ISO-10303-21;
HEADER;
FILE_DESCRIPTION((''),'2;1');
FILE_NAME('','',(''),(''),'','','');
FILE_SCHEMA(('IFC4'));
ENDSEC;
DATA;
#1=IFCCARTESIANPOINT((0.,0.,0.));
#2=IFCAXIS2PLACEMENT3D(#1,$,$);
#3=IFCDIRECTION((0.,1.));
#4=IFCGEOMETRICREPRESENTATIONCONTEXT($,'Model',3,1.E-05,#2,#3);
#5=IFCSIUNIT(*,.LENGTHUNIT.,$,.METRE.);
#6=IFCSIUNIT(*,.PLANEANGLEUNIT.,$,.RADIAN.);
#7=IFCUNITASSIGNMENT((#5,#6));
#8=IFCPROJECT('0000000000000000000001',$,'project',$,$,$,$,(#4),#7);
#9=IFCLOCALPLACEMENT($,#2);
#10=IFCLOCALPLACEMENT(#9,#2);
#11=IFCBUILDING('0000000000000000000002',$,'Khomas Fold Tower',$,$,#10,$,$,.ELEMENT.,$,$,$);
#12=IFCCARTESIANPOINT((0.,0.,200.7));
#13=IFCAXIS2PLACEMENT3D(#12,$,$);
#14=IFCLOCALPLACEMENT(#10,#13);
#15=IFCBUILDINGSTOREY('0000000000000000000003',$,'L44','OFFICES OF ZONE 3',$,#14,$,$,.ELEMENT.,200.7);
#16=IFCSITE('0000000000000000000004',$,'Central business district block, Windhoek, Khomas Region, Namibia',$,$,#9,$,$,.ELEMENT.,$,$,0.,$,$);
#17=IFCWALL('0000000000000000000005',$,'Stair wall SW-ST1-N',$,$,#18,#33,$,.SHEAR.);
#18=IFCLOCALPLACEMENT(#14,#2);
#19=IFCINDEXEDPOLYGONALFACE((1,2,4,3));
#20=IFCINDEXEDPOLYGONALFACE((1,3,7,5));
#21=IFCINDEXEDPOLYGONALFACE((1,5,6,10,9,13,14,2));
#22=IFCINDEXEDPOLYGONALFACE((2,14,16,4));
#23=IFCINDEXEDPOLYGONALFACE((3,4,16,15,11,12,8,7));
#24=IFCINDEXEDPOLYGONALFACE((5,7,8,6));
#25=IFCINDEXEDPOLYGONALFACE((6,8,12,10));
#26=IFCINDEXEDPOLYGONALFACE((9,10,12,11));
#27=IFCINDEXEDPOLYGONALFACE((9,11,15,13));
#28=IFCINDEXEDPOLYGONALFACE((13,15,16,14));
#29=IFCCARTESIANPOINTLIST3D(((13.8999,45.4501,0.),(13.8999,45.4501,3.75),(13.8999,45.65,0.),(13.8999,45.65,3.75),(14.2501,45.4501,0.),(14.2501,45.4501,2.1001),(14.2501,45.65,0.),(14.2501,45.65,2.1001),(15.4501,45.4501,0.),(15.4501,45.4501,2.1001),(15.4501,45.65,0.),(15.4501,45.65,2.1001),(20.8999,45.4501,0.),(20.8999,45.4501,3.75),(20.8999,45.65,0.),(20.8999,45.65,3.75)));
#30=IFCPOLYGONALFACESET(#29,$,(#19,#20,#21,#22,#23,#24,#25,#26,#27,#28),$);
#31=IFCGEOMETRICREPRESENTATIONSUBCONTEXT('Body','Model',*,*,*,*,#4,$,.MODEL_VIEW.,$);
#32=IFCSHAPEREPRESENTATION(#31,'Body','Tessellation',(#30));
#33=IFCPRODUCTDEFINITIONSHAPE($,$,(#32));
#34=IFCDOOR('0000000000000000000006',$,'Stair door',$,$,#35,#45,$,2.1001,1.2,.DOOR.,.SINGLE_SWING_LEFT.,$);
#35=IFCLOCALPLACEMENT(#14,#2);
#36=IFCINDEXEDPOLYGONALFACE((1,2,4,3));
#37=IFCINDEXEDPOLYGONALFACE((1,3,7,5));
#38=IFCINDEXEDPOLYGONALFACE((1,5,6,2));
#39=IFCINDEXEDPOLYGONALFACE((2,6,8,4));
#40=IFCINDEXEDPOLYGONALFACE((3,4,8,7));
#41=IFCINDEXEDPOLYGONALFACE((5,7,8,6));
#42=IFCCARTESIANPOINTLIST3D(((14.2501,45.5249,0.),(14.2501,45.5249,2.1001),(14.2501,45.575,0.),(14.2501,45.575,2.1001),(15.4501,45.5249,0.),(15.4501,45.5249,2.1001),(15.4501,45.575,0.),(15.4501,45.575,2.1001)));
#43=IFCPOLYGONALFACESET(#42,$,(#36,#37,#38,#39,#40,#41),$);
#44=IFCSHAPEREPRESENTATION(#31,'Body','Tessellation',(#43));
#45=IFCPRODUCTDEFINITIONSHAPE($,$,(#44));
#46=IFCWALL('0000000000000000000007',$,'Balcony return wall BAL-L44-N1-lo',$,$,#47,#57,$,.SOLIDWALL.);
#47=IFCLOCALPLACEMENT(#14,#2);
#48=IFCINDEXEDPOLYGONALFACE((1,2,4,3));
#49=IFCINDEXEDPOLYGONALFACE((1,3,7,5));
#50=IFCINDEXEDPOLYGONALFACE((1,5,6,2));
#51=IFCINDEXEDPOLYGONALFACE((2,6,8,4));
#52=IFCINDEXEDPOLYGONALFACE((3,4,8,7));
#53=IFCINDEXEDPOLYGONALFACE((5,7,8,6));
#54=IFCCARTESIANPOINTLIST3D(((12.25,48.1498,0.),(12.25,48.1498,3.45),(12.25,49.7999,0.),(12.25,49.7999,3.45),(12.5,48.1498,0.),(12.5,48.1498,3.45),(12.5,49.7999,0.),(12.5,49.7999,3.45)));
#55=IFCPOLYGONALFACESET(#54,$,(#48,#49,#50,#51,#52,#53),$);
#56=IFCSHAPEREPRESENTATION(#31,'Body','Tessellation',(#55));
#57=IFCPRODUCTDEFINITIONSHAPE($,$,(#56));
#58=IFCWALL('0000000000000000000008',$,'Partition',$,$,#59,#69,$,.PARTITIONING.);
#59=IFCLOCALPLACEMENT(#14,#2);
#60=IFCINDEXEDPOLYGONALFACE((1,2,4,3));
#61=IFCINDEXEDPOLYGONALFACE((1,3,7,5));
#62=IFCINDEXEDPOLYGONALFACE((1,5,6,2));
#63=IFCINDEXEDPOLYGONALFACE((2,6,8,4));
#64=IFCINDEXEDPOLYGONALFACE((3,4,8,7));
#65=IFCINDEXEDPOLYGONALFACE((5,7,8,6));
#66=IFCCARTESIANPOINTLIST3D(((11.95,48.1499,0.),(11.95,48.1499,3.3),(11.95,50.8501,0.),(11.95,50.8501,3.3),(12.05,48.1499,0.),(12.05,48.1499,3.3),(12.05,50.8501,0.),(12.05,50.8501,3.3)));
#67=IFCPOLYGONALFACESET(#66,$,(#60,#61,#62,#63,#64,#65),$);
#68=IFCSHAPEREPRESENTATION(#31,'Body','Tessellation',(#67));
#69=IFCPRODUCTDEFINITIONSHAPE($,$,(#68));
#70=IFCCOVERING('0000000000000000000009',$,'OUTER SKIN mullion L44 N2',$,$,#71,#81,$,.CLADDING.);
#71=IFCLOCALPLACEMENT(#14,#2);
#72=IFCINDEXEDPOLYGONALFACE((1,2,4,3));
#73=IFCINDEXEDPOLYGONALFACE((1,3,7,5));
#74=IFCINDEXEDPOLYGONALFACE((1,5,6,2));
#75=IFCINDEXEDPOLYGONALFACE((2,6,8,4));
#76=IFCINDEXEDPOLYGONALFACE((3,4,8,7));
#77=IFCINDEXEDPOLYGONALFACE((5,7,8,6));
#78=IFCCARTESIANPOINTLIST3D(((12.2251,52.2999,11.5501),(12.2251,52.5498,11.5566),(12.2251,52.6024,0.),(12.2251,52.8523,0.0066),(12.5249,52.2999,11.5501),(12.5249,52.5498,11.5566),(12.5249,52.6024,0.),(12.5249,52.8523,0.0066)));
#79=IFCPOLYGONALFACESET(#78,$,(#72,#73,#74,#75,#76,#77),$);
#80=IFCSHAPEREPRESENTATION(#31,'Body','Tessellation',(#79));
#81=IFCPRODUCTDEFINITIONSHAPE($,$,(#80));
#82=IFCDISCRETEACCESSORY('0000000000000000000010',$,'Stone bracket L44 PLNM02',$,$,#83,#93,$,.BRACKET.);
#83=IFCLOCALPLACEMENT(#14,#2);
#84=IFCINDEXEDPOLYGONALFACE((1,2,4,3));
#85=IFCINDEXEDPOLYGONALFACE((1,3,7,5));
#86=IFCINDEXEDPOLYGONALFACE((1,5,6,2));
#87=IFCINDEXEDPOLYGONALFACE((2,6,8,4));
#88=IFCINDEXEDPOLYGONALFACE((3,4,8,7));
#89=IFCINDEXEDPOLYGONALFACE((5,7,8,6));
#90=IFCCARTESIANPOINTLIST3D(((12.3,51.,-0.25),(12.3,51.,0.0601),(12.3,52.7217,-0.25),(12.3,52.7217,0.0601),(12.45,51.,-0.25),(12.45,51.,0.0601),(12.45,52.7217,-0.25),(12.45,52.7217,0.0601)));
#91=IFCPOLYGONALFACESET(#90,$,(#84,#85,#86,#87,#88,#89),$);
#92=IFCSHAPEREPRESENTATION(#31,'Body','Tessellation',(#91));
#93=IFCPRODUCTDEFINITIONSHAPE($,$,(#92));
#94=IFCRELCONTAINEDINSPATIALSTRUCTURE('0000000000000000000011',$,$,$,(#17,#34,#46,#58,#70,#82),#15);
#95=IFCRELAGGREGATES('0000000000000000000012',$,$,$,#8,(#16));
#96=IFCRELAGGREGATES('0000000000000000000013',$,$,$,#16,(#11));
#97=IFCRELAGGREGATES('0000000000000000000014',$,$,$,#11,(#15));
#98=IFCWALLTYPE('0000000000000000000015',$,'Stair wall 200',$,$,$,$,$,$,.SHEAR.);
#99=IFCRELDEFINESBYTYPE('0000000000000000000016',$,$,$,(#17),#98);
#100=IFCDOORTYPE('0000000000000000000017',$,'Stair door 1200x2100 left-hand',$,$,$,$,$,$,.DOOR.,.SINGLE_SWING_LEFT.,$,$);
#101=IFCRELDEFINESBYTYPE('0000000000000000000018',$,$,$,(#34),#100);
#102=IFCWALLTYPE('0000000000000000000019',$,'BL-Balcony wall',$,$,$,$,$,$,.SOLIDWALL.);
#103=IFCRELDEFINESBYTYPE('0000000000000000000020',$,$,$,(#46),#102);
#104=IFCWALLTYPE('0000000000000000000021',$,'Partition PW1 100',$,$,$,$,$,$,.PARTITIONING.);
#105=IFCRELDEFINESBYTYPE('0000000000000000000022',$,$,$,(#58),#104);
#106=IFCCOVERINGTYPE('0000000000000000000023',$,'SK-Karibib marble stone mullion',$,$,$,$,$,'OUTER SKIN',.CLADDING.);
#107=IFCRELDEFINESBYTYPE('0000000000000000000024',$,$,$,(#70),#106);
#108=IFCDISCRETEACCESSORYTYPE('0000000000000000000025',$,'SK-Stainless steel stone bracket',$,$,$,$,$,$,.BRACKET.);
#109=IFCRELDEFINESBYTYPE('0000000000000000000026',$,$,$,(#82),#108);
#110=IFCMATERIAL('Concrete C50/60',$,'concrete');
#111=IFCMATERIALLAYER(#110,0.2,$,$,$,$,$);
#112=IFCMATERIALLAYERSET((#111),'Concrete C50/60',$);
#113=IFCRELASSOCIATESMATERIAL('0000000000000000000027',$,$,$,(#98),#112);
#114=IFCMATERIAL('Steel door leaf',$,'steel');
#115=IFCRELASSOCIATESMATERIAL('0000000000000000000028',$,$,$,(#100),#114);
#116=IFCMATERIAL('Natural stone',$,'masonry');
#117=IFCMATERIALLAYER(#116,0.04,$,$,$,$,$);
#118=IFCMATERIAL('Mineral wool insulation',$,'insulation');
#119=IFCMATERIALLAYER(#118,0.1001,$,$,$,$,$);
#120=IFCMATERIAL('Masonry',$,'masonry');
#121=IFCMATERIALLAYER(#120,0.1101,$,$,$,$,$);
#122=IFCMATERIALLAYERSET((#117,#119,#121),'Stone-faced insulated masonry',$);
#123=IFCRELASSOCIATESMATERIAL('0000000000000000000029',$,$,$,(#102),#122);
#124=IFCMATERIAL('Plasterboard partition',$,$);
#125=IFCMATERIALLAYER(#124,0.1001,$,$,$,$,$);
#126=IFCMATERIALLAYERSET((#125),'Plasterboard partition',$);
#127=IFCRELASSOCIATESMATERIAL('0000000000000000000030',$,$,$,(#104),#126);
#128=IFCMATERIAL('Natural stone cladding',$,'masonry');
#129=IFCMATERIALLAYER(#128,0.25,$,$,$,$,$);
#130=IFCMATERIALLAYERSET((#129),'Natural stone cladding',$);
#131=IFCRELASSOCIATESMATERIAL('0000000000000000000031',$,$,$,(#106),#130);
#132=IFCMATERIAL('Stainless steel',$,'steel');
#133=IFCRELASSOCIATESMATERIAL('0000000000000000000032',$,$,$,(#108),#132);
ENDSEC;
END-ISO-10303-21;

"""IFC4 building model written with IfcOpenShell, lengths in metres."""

from ifc_helpers import new_model, si_unit, direction, frame, frame_2d, origin, origin_2d, place, context, subcontext, project, spatial, polyline, rectangle, outline, extrude, source, transform, mapped, material, layer, layer_set, type_object, element, fill, save


model = new_model("IFC4")

# Units and contexts
model_context = context("Model", 3, precision=1e-05, world=origin(), true_north=direction((0.0, 1.0)))
body_context = subcontext(model_context, "Body", "Model", "MODEL_VIEW")
ifc_project = project(units=[si_unit("LENGTHUNIT", "METRE"), si_unit("PLANEANGLEUNIT", "RADIAN")], contexts=[model_context])

# Site, building, storey
site_placement = place(None, origin())
site = spatial("IfcSite", under=ifc_project, at=site_placement, Name="Central business district block, Windhoek, Khomas Region, Namibia", CompositionType="ELEMENT", RefElevation=0.0)
building_placement = place(site_placement, origin())
building = spatial("IfcBuilding", under=site, at=building_placement, Name="Khomas Fold Tower", CompositionType="ELEMENT")
storey_placement = place(building_placement, frame((0.0, 0.0, 200.7)))
storey = spatial("IfcBuildingStorey", under=building, at=storey_placement, Name="L44", Description="OFFICES OF ZONE 3", CompositionType="ELEMENT", Elevation=200.7)

# Wall, opening, door
ifc_material_1 = material(Name="Concrete C50/60", Category="concrete")
ifc_layer_1 = layer(ifc_material_1, 0.2)
ifc_layer_set_1 = layer_set([ifc_layer_1], Name="Concrete C50/60")
wall_type_1 = type_object("IfcWallType", Name="Stair wall 200", PredefinedType="SHEAR", material=ifc_layer_set_1)
shared_shape_1 = source(origin(), body_context, "Body", "SweptSolid", [
    extrude(rectangle(XDim=7.0, YDim=0.2, at=frame_2d((3.5, 0.0))), origin(), (0.0, 0.0, 1.0), 3.75),
])
wall_1_placement = place(storey_placement, frame((13.8999, 45.55, 0.0), z_axis=(0.0, 0.0, 1.0), x_axis=(1.0, 0.0, 0.0)))
wall_1 = element("IfcWall", 1, at=wall_1_placement, inside=storey, type_object=wall_type_1, Name="Stair wall SW-ST1-N", PredefinedType="SHEAR", context=body_context, shape_type="MappedRepresentation", body=[
    mapped(shared_shape_1, transform((0.0, 0.0, 0.0))),
])
shared_shape_2 = source(origin(), body_context, "Body", "SweptSolid", [
    extrude(rectangle(XDim=1.2, YDim=2.1001, at=frame_2d((0.6001, 1.05))), frame((0.0, 0.1099, 0.0), z_axis=(0.0, -1.0, 0.0), x_axis=(1.0, 0.0, 0.0)), (0.0, 0.0, 1.0), 0.22),
])
opening_1_placement = place(wall_1_placement, frame((0.3501, 0.0, 0.0)))
opening_1 = element("IfcOpeningElement", 2, at=opening_1_placement, cuts=wall_1, PredefinedType="OPENING", context=body_context, shape_type="MappedRepresentation", body=[
    mapped(shared_shape_2, transform((0.0, 0.0, 0.0))),
])
ifc_material_2 = material(Name="Steel door leaf", Category="steel")
door_type_1 = type_object("IfcDoorType", Name="Stair door 1200x2100 left-hand", OperationType="SINGLE_SWING_LEFT", PredefinedType="DOOR", material=ifc_material_2)
shared_shape_3 = source(origin(), body_context, "Body", "SweptSolid", [
    extrude(rectangle(XDim=1.2, YDim=2.1001, at=frame_2d((0.6001, 1.05))), frame((0.0, 0.0249, 0.0), z_axis=(0.0, -1.0, 0.0), x_axis=(1.0, 0.0, 0.0)), (0.0, 0.0, 1.0), 0.05),
])
door_1_placement = place(opening_1_placement, origin())
door_1 = element("IfcDoor", 3, at=door_1_placement, inside=storey, type_object=door_type_1, Name="Stair door", OperationType="SINGLE_SWING_LEFT", OverallHeight=2.1001, OverallWidth=1.2, PredefinedType="DOOR", context=body_context, shape_type="MappedRepresentation", body=[
    mapped(shared_shape_3, transform((0.0, 0.0, 0.0))),
])
fill(opening_1, door_1)

# Shared definitions
ifc_material_3 = material(Name="Natural stone", Category="masonry")
ifc_layer_2 = layer(ifc_material_3, 0.04)
ifc_material_4 = material(Name="Mineral wool insulation", Category="insulation")
ifc_layer_3 = layer(ifc_material_4, 0.1001)
ifc_material_5 = material(Name="Masonry", Category="masonry")
ifc_layer_4 = layer(ifc_material_5, 0.1101)
ifc_layer_set_2 = layer_set([ifc_layer_2, ifc_layer_3, ifc_layer_4], Name="Stone-faced insulated masonry")
wall_type_2 = type_object("IfcWallType", Name="BL-Balcony wall", PredefinedType="SOLIDWALL", material=ifc_layer_set_2)

# Walls
shared_shape_4 = source(origin(), body_context, "Body", "SweptSolid", [
    extrude(rectangle(XDim=1.6501, YDim=0.25, at=frame_2d((0.8252, 0.0))), origin(), (0.0, 0.0, 1.0), 3.45),
])
wall_2_placement = place(storey_placement, frame((12.375, 49.8, 0.0), z_axis=(0.0, 0.0, 1.0), x_axis=(0.0, -1.0, 0.0)))
element("IfcWall", 4, at=wall_2_placement, inside=storey, type_object=wall_type_2, Name="Balcony return wall BAL-L44-N1-lo", PredefinedType="SOLIDWALL", context=body_context, shape_type="MappedRepresentation", body=[
    mapped(shared_shape_4, transform((0.0, 0.0, 0.0))),
])
ifc_material_6 = material(Name="Plasterboard partition")
ifc_layer_5 = layer(ifc_material_6, 0.1001)
ifc_layer_set_3 = layer_set([ifc_layer_5], Name="Plasterboard partition")
wall_type_3 = type_object("IfcWallType", Name="Partition PW1 100", PredefinedType="PARTITIONING", material=ifc_layer_set_3)
shared_shape_5 = source(origin(), body_context, "Body", "SweptSolid", [
    extrude(rectangle(XDim=2.7002, YDim=0.1001, at=frame_2d((1.3501, 0.0))), origin(), (0.0, 0.0, 1.0), 3.3),
])
wall_3_placement = place(storey_placement, frame((12.0, 48.1499, 0.0), z_axis=(0.0, 0.0, 1.0), x_axis=(0.0, 1.0, 0.0)))
element("IfcWall", 5, at=wall_3_placement, inside=storey, type_object=wall_type_3, Name="Partition", PredefinedType="PARTITIONING", context=body_context, shape_type="MappedRepresentation", body=[
    mapped(shared_shape_5, transform((0.0, 0.0, 0.0))),
])

# Covering
ifc_material_7 = material(Name="Natural stone cladding", Category="masonry")
ifc_layer_6 = layer(ifc_material_7, 0.25)
ifc_layer_set_4 = layer_set([ifc_layer_6], Name="Natural stone cladding")
covering_type = type_object("IfcCoveringType", Name="SK-Karibib marble stone mullion", ElementType="OUTER SKIN", PredefinedType="CLADDING", material=ifc_layer_set_4)
covering_placement = place(storey_placement, frame((12.2251, 52.8523, 0.0066), z_axis=(0.0, 0.999657, 0.026181), x_axis=(1.0, 0.0, 0.0)))
element("IfcCovering", 6, at=covering_placement, inside=storey, type_object=covering_type, Name="OUTER SKIN mullion L44 N2", PredefinedType="CLADDING", context=body_context, shape_type="SweptSolid", body=[
    extrude(outline(polyline([(0.0, 0.0), (0.2998, 0.0), (0.2998, -11.554), (0.0, -11.554), (0.0, 0.0)])), origin(), (0.0, 0.0, -1.0), 0.25),
])

# Discrete accessory
ifc_material_8 = material(Name="Stainless steel", Category="steel")
discrete_accessory_type = type_object("IfcDiscreteAccessoryType", Name="SK-Stainless steel stone bracket", PredefinedType="BRACKET", material=ifc_material_8)
shared_shape_6 = source(origin(), body_context, "Body", "SweptSolid", [
    extrude(rectangle(XDim=1.7217, YDim=0.1499, at=origin_2d()), origin(), (0.0, 0.0, 1.0), 0.3101),
])
discrete_accessory_placement = place(storey_placement, frame((12.375, 51.8608, -0.25), z_axis=(0.0, 0.0, 1.0), x_axis=(0.0, 1.0, 0.0)))
element("IfcDiscreteAccessory", 7, at=discrete_accessory_placement, inside=storey, type_object=discrete_accessory_type, Name="Stone bracket L44 PLNM02", PredefinedType="BRACKET", context=body_context, shape_type="MappedRepresentation", body=[
    mapped(shared_shape_6, transform((0.0, 0.0, 0.0))),
])

save(model, "model.ifc")
